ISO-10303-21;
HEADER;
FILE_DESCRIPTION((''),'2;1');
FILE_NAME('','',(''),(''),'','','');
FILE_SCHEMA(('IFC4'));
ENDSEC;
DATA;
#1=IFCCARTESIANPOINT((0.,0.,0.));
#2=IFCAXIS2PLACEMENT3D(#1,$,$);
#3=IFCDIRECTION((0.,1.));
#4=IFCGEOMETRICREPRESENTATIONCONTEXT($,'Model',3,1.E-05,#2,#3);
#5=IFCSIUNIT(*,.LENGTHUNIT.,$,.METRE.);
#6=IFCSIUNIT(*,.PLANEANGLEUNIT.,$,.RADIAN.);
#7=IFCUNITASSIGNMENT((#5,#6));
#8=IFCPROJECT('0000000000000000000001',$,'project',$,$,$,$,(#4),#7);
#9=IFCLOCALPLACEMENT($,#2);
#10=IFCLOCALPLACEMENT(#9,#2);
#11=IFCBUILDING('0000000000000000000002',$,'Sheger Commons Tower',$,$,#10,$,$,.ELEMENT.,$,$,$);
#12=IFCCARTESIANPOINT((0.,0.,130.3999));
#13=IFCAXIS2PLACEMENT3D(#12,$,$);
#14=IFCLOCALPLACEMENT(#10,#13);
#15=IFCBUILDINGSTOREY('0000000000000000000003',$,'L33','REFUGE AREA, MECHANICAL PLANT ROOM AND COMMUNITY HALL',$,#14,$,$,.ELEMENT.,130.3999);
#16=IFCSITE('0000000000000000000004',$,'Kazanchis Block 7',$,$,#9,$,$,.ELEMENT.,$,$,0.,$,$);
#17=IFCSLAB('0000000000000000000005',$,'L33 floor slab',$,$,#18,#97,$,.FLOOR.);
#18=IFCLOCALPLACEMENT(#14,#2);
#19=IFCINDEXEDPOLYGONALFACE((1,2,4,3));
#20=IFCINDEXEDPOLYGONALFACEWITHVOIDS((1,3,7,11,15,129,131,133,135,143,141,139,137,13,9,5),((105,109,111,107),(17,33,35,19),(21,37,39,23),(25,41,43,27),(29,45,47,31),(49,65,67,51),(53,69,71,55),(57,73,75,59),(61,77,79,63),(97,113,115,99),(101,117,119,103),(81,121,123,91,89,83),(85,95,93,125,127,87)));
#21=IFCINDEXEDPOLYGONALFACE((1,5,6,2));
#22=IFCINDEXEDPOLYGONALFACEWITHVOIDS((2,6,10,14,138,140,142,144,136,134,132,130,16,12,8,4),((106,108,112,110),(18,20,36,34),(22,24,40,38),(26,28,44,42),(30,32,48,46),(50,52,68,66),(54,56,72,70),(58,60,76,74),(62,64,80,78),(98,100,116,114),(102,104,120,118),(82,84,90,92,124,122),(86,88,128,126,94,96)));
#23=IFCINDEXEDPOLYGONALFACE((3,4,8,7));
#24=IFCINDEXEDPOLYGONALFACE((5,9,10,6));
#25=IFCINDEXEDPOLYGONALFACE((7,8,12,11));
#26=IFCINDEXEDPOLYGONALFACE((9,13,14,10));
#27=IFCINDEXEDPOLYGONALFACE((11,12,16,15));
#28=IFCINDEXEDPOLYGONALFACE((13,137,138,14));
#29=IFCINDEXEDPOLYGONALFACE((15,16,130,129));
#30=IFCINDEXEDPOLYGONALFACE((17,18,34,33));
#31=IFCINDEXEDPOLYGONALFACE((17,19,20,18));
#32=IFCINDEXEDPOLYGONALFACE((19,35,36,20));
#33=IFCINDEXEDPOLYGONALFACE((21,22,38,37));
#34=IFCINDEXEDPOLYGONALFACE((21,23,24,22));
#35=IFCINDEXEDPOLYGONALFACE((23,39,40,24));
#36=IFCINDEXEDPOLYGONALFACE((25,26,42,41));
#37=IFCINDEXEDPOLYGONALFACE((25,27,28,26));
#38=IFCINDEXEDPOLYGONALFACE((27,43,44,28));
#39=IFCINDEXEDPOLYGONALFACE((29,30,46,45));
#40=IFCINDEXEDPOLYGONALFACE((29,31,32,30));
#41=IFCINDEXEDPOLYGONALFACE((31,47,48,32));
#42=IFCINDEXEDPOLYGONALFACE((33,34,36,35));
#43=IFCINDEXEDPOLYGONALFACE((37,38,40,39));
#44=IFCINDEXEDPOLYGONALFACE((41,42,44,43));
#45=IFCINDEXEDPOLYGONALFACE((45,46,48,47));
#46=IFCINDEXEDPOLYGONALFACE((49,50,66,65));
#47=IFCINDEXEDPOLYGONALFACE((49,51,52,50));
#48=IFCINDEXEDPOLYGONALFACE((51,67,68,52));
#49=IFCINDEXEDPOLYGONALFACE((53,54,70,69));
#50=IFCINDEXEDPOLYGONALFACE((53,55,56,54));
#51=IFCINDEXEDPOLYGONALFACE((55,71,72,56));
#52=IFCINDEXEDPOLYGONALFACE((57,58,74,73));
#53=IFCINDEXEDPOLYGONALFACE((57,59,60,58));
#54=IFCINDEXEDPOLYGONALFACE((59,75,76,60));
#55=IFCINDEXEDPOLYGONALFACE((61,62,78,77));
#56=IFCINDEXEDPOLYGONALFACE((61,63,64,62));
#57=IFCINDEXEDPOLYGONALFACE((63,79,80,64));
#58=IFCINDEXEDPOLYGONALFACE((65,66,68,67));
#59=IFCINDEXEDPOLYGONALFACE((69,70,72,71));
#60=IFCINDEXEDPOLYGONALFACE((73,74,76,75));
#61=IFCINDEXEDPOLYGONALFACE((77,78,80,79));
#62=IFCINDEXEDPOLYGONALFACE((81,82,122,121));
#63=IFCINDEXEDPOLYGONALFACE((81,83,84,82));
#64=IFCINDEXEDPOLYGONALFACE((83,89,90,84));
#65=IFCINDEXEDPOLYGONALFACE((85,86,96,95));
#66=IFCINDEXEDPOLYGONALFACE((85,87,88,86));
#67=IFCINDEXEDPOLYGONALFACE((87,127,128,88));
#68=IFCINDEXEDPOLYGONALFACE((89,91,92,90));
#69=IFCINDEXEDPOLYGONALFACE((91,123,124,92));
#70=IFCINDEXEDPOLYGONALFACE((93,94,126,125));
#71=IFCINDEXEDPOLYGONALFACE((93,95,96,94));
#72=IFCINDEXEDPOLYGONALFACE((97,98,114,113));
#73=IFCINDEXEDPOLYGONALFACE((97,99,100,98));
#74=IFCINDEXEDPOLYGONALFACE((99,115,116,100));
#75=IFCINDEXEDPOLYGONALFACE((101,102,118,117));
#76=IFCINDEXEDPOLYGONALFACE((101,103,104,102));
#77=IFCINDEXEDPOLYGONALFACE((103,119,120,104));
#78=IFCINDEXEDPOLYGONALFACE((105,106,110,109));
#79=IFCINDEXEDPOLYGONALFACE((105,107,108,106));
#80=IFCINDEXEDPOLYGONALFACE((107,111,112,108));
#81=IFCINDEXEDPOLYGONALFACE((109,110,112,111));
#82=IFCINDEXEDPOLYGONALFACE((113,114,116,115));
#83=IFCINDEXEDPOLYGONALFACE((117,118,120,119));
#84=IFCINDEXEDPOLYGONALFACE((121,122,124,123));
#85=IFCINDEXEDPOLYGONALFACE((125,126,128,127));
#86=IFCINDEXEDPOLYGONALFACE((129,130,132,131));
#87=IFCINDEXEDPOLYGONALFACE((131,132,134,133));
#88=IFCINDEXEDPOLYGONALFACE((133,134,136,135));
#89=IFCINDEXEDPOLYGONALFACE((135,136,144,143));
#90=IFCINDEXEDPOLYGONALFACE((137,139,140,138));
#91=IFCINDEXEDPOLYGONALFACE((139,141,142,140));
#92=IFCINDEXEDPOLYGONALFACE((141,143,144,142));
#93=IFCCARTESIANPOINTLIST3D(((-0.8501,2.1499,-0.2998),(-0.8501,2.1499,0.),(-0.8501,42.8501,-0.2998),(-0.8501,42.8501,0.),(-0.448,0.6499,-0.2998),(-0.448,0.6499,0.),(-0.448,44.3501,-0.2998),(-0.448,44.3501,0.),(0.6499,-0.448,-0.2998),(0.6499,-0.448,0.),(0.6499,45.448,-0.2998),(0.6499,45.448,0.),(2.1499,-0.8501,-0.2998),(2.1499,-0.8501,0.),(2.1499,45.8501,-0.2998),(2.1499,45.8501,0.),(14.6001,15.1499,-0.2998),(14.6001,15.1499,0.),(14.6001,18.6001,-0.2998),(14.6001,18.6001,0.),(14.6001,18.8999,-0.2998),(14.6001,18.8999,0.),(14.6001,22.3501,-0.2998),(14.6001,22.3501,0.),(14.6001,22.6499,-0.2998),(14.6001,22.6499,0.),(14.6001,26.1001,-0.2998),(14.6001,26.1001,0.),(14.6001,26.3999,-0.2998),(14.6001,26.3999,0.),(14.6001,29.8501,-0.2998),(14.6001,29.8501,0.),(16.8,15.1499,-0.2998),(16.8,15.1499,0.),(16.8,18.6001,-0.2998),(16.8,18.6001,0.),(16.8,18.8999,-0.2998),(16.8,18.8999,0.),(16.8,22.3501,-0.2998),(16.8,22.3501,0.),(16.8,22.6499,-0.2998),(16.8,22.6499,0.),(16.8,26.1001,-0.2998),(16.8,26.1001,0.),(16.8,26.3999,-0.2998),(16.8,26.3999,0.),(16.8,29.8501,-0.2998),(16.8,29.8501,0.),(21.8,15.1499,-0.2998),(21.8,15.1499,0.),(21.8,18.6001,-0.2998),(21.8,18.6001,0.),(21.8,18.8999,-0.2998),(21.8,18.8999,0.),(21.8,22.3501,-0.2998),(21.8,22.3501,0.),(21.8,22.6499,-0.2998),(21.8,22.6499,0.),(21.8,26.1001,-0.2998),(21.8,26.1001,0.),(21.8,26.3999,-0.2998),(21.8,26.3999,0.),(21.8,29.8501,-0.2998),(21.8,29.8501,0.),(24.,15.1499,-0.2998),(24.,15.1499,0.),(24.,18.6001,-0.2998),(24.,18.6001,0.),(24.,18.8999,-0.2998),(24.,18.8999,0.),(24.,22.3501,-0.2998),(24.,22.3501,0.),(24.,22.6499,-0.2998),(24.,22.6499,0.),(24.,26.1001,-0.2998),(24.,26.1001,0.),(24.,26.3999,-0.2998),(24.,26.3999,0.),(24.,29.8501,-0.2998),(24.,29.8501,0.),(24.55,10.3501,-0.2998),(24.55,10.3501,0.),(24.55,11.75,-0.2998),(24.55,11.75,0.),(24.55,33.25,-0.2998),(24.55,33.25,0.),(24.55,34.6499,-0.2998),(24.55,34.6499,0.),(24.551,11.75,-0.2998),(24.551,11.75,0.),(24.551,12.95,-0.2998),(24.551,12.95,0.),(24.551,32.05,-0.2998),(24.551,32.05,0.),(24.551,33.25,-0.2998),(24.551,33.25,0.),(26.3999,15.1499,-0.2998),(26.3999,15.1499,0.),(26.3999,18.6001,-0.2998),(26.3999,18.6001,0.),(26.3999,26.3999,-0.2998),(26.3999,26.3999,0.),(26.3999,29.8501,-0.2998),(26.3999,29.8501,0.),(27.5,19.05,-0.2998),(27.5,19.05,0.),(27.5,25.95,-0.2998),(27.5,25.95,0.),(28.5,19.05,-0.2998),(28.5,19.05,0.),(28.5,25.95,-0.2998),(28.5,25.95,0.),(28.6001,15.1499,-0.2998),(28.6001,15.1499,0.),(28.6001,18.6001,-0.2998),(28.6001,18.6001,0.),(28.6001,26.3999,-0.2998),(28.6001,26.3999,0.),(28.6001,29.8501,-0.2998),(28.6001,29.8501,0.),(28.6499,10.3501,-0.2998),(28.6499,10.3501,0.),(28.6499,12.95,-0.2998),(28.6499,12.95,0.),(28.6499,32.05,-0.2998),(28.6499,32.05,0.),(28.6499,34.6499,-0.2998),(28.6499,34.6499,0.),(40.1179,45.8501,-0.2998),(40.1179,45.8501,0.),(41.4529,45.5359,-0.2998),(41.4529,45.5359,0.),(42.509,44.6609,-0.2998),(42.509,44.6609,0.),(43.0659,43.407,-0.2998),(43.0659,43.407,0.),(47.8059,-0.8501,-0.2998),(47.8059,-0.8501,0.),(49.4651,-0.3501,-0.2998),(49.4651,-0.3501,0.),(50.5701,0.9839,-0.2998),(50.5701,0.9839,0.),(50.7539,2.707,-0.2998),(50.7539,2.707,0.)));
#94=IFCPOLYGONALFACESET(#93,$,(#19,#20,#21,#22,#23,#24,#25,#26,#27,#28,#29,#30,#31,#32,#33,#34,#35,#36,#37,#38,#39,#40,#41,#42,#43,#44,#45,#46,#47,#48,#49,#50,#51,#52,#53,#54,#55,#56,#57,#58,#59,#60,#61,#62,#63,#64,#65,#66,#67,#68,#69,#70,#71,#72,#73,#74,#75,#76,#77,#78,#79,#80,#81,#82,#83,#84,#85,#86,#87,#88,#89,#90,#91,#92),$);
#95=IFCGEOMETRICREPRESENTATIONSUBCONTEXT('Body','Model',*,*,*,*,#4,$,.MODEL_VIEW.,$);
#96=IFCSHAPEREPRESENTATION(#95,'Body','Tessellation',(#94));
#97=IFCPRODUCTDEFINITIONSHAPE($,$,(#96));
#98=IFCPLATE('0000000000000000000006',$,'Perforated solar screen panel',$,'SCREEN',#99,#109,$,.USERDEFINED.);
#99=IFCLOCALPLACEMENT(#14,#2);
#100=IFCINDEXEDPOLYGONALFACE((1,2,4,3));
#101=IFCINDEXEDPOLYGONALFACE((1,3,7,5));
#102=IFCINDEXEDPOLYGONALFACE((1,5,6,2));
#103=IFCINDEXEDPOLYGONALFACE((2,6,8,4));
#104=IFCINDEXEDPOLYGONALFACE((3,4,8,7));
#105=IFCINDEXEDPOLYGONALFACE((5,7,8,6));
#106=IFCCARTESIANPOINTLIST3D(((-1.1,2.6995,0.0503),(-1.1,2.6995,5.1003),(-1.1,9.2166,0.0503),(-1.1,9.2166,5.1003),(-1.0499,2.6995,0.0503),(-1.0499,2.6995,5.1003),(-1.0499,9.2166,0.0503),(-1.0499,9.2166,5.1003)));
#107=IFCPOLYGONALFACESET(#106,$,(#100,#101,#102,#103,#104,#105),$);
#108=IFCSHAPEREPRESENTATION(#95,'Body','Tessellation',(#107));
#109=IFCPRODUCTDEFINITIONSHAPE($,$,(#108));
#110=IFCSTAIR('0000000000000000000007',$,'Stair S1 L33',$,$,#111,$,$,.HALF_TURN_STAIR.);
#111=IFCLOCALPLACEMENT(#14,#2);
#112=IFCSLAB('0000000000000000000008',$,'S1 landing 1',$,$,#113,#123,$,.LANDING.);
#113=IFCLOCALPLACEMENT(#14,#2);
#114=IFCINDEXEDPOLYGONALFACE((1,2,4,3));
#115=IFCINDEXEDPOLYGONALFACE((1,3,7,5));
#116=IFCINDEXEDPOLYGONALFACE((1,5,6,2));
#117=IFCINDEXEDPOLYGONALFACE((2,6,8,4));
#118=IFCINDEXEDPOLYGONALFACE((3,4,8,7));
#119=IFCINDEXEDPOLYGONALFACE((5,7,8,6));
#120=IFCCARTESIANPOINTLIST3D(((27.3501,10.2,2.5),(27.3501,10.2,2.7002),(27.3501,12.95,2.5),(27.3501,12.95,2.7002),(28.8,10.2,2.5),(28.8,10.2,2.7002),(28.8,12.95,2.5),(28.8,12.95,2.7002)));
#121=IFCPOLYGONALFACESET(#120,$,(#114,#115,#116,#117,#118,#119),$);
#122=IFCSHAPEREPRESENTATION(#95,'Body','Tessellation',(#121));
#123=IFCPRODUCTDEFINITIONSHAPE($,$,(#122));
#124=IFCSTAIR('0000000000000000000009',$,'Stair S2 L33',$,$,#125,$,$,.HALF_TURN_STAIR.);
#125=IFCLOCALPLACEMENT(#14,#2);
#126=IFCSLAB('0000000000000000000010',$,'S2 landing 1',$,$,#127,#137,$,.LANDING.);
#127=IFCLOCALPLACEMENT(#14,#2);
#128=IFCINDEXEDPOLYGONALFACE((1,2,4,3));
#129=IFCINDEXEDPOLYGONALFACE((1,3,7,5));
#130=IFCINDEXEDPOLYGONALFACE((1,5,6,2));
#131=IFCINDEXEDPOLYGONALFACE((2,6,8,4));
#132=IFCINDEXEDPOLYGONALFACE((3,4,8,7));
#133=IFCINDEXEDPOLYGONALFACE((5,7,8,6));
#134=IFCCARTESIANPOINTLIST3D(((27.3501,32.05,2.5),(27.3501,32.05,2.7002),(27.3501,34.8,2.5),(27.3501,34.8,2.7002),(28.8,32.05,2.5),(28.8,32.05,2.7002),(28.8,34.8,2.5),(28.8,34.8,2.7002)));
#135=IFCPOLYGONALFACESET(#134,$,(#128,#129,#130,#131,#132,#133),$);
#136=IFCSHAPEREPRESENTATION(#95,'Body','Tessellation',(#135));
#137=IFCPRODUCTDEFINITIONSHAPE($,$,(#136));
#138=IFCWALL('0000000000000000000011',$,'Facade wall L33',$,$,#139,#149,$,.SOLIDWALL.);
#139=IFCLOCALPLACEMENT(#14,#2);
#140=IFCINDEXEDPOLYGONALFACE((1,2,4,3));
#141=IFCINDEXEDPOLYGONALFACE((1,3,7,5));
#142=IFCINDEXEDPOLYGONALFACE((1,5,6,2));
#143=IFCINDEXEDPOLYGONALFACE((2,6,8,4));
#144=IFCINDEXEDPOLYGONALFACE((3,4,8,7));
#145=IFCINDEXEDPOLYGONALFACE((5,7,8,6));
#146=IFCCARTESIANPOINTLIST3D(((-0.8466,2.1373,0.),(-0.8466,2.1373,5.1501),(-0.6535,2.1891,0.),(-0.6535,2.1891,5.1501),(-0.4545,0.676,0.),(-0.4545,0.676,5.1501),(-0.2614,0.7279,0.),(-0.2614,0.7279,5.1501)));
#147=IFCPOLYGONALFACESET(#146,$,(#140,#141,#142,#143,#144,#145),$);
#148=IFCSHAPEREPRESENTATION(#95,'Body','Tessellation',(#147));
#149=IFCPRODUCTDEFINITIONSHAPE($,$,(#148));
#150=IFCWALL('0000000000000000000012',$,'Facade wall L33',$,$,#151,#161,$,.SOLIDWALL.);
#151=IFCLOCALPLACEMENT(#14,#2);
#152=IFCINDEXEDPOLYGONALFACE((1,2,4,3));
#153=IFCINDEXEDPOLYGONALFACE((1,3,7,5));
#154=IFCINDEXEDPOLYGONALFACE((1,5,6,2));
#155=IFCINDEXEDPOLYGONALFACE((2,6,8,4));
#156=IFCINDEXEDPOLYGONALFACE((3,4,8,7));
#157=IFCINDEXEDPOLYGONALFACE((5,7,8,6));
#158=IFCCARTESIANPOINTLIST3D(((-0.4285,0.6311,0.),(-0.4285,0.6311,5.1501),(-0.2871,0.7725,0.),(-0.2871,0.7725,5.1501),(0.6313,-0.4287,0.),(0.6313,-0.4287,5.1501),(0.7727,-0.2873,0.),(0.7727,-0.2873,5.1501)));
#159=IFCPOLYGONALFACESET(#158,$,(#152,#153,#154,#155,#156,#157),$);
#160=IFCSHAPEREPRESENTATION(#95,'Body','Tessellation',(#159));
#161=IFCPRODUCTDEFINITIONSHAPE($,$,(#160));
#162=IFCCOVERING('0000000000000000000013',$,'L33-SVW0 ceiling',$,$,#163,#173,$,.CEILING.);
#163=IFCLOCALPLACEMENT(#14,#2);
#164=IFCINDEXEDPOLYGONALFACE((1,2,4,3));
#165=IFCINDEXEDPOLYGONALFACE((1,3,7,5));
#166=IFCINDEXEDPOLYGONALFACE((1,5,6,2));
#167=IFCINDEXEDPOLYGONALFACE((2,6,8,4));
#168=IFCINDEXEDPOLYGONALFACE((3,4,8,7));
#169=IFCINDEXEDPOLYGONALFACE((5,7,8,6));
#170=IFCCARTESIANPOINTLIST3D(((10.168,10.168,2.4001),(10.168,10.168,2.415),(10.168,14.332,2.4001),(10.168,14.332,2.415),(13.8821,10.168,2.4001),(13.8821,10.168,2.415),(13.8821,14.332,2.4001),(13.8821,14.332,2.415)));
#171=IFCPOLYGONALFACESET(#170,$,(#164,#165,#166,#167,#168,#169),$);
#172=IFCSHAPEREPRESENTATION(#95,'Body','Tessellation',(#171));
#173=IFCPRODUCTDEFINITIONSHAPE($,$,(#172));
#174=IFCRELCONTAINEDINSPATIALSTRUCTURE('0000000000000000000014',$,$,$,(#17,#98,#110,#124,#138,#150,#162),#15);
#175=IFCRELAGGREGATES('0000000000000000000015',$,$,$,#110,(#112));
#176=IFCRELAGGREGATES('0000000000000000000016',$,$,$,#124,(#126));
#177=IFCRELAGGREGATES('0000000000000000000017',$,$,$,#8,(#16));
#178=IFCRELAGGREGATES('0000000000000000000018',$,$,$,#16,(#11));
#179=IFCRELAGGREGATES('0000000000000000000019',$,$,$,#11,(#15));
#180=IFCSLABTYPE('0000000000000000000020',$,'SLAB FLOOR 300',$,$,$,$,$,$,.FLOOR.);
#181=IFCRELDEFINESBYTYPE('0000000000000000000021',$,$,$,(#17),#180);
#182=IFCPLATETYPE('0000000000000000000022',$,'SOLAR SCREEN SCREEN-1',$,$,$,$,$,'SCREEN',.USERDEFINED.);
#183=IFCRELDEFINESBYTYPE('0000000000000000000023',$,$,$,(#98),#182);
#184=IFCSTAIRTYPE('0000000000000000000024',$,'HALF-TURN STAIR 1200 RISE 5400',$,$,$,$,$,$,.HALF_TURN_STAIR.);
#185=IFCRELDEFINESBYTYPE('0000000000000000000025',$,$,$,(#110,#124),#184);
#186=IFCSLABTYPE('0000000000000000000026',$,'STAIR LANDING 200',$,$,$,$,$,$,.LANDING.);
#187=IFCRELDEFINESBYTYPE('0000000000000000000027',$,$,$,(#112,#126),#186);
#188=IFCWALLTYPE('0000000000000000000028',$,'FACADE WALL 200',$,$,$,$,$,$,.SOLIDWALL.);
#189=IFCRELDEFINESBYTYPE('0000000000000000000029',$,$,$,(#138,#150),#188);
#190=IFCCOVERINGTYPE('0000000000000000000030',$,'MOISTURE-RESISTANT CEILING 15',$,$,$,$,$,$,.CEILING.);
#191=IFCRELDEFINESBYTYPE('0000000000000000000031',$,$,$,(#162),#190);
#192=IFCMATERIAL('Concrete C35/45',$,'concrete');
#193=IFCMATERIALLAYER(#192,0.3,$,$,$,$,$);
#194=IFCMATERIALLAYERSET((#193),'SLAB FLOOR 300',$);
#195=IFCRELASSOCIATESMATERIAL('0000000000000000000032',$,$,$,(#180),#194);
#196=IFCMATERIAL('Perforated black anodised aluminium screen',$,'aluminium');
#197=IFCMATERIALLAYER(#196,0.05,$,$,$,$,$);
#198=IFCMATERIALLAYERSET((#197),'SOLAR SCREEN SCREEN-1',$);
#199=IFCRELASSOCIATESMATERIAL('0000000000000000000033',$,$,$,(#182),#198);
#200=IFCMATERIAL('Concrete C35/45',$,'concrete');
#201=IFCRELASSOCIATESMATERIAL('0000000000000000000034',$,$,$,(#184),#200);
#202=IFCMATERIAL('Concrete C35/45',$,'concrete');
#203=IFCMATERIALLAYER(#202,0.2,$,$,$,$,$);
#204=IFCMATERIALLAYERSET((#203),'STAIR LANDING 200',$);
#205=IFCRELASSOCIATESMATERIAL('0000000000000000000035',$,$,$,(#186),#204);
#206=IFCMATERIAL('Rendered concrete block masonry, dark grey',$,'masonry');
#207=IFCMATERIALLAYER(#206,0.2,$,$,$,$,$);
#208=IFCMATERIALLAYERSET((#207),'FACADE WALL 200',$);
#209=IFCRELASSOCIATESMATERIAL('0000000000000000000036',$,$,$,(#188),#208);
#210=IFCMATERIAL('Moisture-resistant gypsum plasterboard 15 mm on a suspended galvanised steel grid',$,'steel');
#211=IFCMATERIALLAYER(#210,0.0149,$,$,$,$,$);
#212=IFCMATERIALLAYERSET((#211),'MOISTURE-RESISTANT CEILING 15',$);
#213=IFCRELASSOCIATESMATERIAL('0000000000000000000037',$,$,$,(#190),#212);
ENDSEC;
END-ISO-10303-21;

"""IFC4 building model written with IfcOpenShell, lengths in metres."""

from ifc_helpers import new_model, si_unit, direction, frame, frame_2d, origin, origin_2d, place, context, subcontext, project, spatial, polyline, rectangle, outline, extrude, material, layer, layer_set, type_object, element, aggregate, save


model = new_model("IFC4")

# Units and contexts
model_context = context("Model", 3, precision=1e-05, world=origin(), true_north=direction((0.0, 1.0)))
body_context = subcontext(model_context, "Body", "Model", "MODEL_VIEW")
ifc_project = project(units=[si_unit("LENGTHUNIT", "METRE"), si_unit("PLANEANGLEUNIT", "RADIAN")], contexts=[model_context])

# Site, building, storey
site_placement = place(None, origin())
site = spatial("IfcSite", under=ifc_project, at=site_placement, Name="Kazanchis Block 7", CompositionType="ELEMENT", RefElevation=0.0)
building_placement = place(site_placement, origin())
building = spatial("IfcBuilding", under=site, at=building_placement, Name="Sheger Commons Tower", CompositionType="ELEMENT")
storey_placement = place(building_placement, frame((0.0, 0.0, 130.3999)))
storey = spatial("IfcBuildingStorey", under=building, at=storey_placement, Name="L33", Description="REFUGE AREA, MECHANICAL PLANT ROOM AND COMMUNITY HALL", CompositionType="ELEMENT", Elevation=130.3999)

# Slab
ifc_material_1 = material(Name="Concrete C35/45", Category="concrete")
ifc_layer_1 = layer(ifc_material_1, 0.3)
ifc_layer_set_1 = layer_set([ifc_layer_1], Name="SLAB FLOOR 300")
slab_type_1 = type_object("IfcSlabType", Name="SLAB FLOOR 300", PredefinedType="FLOOR", material=ifc_layer_set_1)
slab_1_placement = place(storey_placement, frame((0.0, 0.0, -0.2998)))
element("IfcSlab", 1, at=slab_1_placement, inside=storey, type_object=slab_type_1, Name="L33 floor slab", PredefinedType="FLOOR", context=body_context, shape_type="SweptSolid", body=[
    extrude(outline(polyline([(-0.8501, 2.1499), (-0.448, 0.6499), (0.6499, -0.448), (2.1499, -0.8501), (47.8059, -0.8501), (49.4651, -0.3501), (50.5701, 0.9839), (50.7539, 2.707), (43.0659, 43.407), (42.509, 44.6609), (41.4529, 45.5359), (40.1179, 45.8501), (2.1499, 45.8501), (0.6499, 45.448), (-0.448, 44.3501), (-0.8501, 42.8501), (-0.8501, 2.1499)]), holes=[polyline([(24.55, 10.3501), (28.6499, 10.3501), (28.6499, 12.95), (24.551, 12.95), (24.551, 11.75), (24.55, 11.75), (24.55, 10.3501)]), polyline([(24.551, 32.05), (28.6499, 32.05), (28.6499, 34.6499), (24.55, 34.6499), (24.55, 33.25), (24.551, 33.25), (24.551, 32.05)]), polyline([(26.3999, 15.1499), (28.6001, 15.1499), (28.6001, 18.6001), (26.3999, 18.6001), (26.3999, 15.1499)]), polyline([(26.3999, 26.3999), (28.6001, 26.3999), (28.6001, 29.8501), (26.3999, 29.8501), (26.3999, 26.3999)]), polyline([(14.6001, 15.1499), (16.8, 15.1499), (16.8, 18.6001), (14.6001, 18.6001), (14.6001, 15.1499)]), polyline([(14.6001, 18.8999), (16.8, 18.8999), (16.8, 22.3501), (14.6001, 22.3501), (14.6001, 18.8999)]), polyline([(14.6001, 22.6499), (16.8, 22.6499), (16.8, 26.1001), (14.6001, 26.1001), (14.6001, 22.6499)]), polyline([(14.6001, 26.3999), (16.8, 26.3999), (16.8, 29.8501), (14.6001, 29.8501), (14.6001, 26.3999)]), polyline([(21.8, 15.1499), (24.0, 15.1499), (24.0, 18.6001), (21.8, 18.6001), (21.8, 15.1499)]), polyline([(21.8, 18.8999), (24.0, 18.8999), (24.0, 22.3501), (21.8, 22.3501), (21.8, 18.8999)]), polyline([(21.8, 22.6499), (24.0, 22.6499), (24.0, 26.1001), (21.8, 26.1001), (21.8, 22.6499)]), polyline([(21.8, 26.3999), (24.0, 26.3999), (24.0, 29.8501), (21.8, 29.8501), (21.8, 26.3999)]), polyline([(27.5, 19.05), (28.5, 19.05), (28.5, 25.95), (27.5, 25.95), (27.5, 19.05)])]), origin(), (0.0, 0.0, 1.0), 0.2998),
])

# Plate
ifc_material_2 = material(Name="Perforated black anodised aluminium screen", Category="aluminium")
ifc_layer_2 = layer(ifc_material_2, 0.05)
ifc_layer_set_2 = layer_set([ifc_layer_2], Name="SOLAR SCREEN SCREEN-1")
plate_type = type_object("IfcPlateType", Name="SOLAR SCREEN SCREEN-1", ElementType="SCREEN", PredefinedType="USERDEFINED", material=ifc_layer_set_2)
plate_placement = place(storey_placement, frame((-1.075, 5.958, 0.0503), z_axis=(0.0, 0.0, 1.0), x_axis=(0.0, -1.0, 0.0)))
element("IfcPlate", 2, at=plate_placement, inside=storey, type_object=plate_type, Name="Perforated solar screen panel", ObjectType="SCREEN", PredefinedType="USERDEFINED", context=body_context, shape_type="SweptSolid", body=[
    extrude(rectangle(XDim=6.5171, YDim=0.05, at=origin_2d()), origin(), (0.0, 0.0, 1.0), 5.05),
])

# Stairs, slabs
ifc_material_3 = material(Name="Concrete C35/45", Category="concrete")
stair_type = type_object("IfcStairType", Name="HALF-TURN STAIR 1200 RISE 5400", PredefinedType="HALF_TURN_STAIR", material=ifc_material_3)
stair_1_placement = place(storey_placement, origin())
stair_1 = element("IfcStair", 3, at=stair_1_placement, inside=storey, type_object=stair_type, Name="Stair S1 L33", PredefinedType="HALF_TURN_STAIR")
ifc_material_4 = material(Name="Concrete C35/45", Category="concrete")
ifc_layer_3 = layer(ifc_material_4, 0.2)
ifc_layer_set_3 = layer_set([ifc_layer_3], Name="STAIR LANDING 200")
slab_type_2 = type_object("IfcSlabType", Name="STAIR LANDING 200", PredefinedType="LANDING", material=ifc_layer_set_3)
slab_2_placement = place(storey_placement, frame((0.0, 0.0, 2.5)))
slab_2 = element("IfcSlab", 4, at=slab_2_placement, type_object=slab_type_2, Name="S1 landing 1", PredefinedType="LANDING", context=body_context, shape_type="SweptSolid", body=[
    extrude(outline(polyline([(27.3501, 10.2), (28.8, 10.2), (28.8, 12.95), (27.3501, 12.95), (27.3501, 10.2)])), origin(), (0.0, 0.0, 1.0), 0.2002),
])
aggregate(stair_1, [slab_2])
stair_2_placement = place(storey_placement, origin())
stair_2 = element("IfcStair", 5, at=stair_2_placement, inside=storey, type_object=stair_type, Name="Stair S2 L33", PredefinedType="HALF_TURN_STAIR")
slab_3_placement = place(storey_placement, frame((0.0, 0.0, 2.5)))
slab_3 = element("IfcSlab", 6, at=slab_3_placement, type_object=slab_type_2, Name="S2 landing 1", PredefinedType="LANDING", context=body_context, shape_type="SweptSolid", body=[
    extrude(outline(polyline([(27.3501, 32.05), (28.8, 32.05), (28.8, 34.8), (27.3501, 34.8), (27.3501, 32.05)])), origin(), (0.0, 0.0, 1.0), 0.2002),
])
aggregate(stair_2, [slab_3])

# Walls
ifc_material_5 = material(Name="Rendered concrete block masonry, dark grey", Category="masonry")
ifc_layer_4 = layer(ifc_material_5, 0.2)
ifc_layer_set_4 = layer_set([ifc_layer_4], Name="FACADE WALL 200")
wall_type = type_object("IfcWallType", Name="FACADE WALL 200", PredefinedType="SOLIDWALL", material=ifc_layer_set_4)
wall_1_placement = place(storey_placement, frame((-0.75, 2.1631, 0.0), z_axis=(0.0, 0.0, 1.0), x_axis=(0.259169, -0.965832, 0.0)))
element("IfcWall", 7, at=wall_1_placement, inside=storey, type_object=wall_type, Name="Facade wall L33", PredefinedType="SOLIDWALL", context=body_context, shape_type="SweptSolid", body=[
    extrude(rectangle(XDim=1.5129, YDim=0.2, at=frame_2d((0.7563, 0.0))), origin(), (0.0, 0.0, 1.0), 5.1501),
])
wall_2_placement = place(storey_placement, frame((-0.3579, 0.7019, 0.0), z_axis=(0.0, 0.0, 1.0), x_axis=(0.707107, -0.707107, 0.0)))
element("IfcWall", 8, at=wall_2_placement, inside=storey, type_object=wall_type, Name="Facade wall L33", PredefinedType="SOLIDWALL", context=body_context, shape_type="SweptSolid", body=[
    extrude(rectangle(XDim=1.4988, YDim=0.2, at=frame_2d((0.7495, 0.0))), origin(), (0.0, 0.0, 1.0), 5.1501),
])

# Covering
ifc_material_6 = material(Name="Moisture-resistant gypsum plasterboard 15 mm on a suspended galvanised steel grid", Category="steel")
ifc_layer_5 = layer(ifc_material_6, 0.0149)
ifc_layer_set_5 = layer_set([ifc_layer_5], Name="MOISTURE-RESISTANT CEILING 15")
covering_type_1 = type_object("IfcCoveringType", Name="MOISTURE-RESISTANT CEILING 15", PredefinedType="CEILING", material=ifc_layer_set_5)
covering_1_placement = place(storey_placement, frame((0.0, 0.0, 2.4001)))
element("IfcCovering", 9, at=covering_1_placement, inside=storey, type_object=covering_type_1, Name="L33-SVW0 ceiling", PredefinedType="CEILING", context=body_context, shape_type="SweptSolid", body=[
    extrude(outline(polyline([(10.168, 10.168), (13.8821, 10.168), (13.8821, 14.332), (10.168, 14.332), (10.168, 10.168)])), origin(), (0.0, 0.0, 1.0), 0.0149),
])

save(model, "model.ifc")
